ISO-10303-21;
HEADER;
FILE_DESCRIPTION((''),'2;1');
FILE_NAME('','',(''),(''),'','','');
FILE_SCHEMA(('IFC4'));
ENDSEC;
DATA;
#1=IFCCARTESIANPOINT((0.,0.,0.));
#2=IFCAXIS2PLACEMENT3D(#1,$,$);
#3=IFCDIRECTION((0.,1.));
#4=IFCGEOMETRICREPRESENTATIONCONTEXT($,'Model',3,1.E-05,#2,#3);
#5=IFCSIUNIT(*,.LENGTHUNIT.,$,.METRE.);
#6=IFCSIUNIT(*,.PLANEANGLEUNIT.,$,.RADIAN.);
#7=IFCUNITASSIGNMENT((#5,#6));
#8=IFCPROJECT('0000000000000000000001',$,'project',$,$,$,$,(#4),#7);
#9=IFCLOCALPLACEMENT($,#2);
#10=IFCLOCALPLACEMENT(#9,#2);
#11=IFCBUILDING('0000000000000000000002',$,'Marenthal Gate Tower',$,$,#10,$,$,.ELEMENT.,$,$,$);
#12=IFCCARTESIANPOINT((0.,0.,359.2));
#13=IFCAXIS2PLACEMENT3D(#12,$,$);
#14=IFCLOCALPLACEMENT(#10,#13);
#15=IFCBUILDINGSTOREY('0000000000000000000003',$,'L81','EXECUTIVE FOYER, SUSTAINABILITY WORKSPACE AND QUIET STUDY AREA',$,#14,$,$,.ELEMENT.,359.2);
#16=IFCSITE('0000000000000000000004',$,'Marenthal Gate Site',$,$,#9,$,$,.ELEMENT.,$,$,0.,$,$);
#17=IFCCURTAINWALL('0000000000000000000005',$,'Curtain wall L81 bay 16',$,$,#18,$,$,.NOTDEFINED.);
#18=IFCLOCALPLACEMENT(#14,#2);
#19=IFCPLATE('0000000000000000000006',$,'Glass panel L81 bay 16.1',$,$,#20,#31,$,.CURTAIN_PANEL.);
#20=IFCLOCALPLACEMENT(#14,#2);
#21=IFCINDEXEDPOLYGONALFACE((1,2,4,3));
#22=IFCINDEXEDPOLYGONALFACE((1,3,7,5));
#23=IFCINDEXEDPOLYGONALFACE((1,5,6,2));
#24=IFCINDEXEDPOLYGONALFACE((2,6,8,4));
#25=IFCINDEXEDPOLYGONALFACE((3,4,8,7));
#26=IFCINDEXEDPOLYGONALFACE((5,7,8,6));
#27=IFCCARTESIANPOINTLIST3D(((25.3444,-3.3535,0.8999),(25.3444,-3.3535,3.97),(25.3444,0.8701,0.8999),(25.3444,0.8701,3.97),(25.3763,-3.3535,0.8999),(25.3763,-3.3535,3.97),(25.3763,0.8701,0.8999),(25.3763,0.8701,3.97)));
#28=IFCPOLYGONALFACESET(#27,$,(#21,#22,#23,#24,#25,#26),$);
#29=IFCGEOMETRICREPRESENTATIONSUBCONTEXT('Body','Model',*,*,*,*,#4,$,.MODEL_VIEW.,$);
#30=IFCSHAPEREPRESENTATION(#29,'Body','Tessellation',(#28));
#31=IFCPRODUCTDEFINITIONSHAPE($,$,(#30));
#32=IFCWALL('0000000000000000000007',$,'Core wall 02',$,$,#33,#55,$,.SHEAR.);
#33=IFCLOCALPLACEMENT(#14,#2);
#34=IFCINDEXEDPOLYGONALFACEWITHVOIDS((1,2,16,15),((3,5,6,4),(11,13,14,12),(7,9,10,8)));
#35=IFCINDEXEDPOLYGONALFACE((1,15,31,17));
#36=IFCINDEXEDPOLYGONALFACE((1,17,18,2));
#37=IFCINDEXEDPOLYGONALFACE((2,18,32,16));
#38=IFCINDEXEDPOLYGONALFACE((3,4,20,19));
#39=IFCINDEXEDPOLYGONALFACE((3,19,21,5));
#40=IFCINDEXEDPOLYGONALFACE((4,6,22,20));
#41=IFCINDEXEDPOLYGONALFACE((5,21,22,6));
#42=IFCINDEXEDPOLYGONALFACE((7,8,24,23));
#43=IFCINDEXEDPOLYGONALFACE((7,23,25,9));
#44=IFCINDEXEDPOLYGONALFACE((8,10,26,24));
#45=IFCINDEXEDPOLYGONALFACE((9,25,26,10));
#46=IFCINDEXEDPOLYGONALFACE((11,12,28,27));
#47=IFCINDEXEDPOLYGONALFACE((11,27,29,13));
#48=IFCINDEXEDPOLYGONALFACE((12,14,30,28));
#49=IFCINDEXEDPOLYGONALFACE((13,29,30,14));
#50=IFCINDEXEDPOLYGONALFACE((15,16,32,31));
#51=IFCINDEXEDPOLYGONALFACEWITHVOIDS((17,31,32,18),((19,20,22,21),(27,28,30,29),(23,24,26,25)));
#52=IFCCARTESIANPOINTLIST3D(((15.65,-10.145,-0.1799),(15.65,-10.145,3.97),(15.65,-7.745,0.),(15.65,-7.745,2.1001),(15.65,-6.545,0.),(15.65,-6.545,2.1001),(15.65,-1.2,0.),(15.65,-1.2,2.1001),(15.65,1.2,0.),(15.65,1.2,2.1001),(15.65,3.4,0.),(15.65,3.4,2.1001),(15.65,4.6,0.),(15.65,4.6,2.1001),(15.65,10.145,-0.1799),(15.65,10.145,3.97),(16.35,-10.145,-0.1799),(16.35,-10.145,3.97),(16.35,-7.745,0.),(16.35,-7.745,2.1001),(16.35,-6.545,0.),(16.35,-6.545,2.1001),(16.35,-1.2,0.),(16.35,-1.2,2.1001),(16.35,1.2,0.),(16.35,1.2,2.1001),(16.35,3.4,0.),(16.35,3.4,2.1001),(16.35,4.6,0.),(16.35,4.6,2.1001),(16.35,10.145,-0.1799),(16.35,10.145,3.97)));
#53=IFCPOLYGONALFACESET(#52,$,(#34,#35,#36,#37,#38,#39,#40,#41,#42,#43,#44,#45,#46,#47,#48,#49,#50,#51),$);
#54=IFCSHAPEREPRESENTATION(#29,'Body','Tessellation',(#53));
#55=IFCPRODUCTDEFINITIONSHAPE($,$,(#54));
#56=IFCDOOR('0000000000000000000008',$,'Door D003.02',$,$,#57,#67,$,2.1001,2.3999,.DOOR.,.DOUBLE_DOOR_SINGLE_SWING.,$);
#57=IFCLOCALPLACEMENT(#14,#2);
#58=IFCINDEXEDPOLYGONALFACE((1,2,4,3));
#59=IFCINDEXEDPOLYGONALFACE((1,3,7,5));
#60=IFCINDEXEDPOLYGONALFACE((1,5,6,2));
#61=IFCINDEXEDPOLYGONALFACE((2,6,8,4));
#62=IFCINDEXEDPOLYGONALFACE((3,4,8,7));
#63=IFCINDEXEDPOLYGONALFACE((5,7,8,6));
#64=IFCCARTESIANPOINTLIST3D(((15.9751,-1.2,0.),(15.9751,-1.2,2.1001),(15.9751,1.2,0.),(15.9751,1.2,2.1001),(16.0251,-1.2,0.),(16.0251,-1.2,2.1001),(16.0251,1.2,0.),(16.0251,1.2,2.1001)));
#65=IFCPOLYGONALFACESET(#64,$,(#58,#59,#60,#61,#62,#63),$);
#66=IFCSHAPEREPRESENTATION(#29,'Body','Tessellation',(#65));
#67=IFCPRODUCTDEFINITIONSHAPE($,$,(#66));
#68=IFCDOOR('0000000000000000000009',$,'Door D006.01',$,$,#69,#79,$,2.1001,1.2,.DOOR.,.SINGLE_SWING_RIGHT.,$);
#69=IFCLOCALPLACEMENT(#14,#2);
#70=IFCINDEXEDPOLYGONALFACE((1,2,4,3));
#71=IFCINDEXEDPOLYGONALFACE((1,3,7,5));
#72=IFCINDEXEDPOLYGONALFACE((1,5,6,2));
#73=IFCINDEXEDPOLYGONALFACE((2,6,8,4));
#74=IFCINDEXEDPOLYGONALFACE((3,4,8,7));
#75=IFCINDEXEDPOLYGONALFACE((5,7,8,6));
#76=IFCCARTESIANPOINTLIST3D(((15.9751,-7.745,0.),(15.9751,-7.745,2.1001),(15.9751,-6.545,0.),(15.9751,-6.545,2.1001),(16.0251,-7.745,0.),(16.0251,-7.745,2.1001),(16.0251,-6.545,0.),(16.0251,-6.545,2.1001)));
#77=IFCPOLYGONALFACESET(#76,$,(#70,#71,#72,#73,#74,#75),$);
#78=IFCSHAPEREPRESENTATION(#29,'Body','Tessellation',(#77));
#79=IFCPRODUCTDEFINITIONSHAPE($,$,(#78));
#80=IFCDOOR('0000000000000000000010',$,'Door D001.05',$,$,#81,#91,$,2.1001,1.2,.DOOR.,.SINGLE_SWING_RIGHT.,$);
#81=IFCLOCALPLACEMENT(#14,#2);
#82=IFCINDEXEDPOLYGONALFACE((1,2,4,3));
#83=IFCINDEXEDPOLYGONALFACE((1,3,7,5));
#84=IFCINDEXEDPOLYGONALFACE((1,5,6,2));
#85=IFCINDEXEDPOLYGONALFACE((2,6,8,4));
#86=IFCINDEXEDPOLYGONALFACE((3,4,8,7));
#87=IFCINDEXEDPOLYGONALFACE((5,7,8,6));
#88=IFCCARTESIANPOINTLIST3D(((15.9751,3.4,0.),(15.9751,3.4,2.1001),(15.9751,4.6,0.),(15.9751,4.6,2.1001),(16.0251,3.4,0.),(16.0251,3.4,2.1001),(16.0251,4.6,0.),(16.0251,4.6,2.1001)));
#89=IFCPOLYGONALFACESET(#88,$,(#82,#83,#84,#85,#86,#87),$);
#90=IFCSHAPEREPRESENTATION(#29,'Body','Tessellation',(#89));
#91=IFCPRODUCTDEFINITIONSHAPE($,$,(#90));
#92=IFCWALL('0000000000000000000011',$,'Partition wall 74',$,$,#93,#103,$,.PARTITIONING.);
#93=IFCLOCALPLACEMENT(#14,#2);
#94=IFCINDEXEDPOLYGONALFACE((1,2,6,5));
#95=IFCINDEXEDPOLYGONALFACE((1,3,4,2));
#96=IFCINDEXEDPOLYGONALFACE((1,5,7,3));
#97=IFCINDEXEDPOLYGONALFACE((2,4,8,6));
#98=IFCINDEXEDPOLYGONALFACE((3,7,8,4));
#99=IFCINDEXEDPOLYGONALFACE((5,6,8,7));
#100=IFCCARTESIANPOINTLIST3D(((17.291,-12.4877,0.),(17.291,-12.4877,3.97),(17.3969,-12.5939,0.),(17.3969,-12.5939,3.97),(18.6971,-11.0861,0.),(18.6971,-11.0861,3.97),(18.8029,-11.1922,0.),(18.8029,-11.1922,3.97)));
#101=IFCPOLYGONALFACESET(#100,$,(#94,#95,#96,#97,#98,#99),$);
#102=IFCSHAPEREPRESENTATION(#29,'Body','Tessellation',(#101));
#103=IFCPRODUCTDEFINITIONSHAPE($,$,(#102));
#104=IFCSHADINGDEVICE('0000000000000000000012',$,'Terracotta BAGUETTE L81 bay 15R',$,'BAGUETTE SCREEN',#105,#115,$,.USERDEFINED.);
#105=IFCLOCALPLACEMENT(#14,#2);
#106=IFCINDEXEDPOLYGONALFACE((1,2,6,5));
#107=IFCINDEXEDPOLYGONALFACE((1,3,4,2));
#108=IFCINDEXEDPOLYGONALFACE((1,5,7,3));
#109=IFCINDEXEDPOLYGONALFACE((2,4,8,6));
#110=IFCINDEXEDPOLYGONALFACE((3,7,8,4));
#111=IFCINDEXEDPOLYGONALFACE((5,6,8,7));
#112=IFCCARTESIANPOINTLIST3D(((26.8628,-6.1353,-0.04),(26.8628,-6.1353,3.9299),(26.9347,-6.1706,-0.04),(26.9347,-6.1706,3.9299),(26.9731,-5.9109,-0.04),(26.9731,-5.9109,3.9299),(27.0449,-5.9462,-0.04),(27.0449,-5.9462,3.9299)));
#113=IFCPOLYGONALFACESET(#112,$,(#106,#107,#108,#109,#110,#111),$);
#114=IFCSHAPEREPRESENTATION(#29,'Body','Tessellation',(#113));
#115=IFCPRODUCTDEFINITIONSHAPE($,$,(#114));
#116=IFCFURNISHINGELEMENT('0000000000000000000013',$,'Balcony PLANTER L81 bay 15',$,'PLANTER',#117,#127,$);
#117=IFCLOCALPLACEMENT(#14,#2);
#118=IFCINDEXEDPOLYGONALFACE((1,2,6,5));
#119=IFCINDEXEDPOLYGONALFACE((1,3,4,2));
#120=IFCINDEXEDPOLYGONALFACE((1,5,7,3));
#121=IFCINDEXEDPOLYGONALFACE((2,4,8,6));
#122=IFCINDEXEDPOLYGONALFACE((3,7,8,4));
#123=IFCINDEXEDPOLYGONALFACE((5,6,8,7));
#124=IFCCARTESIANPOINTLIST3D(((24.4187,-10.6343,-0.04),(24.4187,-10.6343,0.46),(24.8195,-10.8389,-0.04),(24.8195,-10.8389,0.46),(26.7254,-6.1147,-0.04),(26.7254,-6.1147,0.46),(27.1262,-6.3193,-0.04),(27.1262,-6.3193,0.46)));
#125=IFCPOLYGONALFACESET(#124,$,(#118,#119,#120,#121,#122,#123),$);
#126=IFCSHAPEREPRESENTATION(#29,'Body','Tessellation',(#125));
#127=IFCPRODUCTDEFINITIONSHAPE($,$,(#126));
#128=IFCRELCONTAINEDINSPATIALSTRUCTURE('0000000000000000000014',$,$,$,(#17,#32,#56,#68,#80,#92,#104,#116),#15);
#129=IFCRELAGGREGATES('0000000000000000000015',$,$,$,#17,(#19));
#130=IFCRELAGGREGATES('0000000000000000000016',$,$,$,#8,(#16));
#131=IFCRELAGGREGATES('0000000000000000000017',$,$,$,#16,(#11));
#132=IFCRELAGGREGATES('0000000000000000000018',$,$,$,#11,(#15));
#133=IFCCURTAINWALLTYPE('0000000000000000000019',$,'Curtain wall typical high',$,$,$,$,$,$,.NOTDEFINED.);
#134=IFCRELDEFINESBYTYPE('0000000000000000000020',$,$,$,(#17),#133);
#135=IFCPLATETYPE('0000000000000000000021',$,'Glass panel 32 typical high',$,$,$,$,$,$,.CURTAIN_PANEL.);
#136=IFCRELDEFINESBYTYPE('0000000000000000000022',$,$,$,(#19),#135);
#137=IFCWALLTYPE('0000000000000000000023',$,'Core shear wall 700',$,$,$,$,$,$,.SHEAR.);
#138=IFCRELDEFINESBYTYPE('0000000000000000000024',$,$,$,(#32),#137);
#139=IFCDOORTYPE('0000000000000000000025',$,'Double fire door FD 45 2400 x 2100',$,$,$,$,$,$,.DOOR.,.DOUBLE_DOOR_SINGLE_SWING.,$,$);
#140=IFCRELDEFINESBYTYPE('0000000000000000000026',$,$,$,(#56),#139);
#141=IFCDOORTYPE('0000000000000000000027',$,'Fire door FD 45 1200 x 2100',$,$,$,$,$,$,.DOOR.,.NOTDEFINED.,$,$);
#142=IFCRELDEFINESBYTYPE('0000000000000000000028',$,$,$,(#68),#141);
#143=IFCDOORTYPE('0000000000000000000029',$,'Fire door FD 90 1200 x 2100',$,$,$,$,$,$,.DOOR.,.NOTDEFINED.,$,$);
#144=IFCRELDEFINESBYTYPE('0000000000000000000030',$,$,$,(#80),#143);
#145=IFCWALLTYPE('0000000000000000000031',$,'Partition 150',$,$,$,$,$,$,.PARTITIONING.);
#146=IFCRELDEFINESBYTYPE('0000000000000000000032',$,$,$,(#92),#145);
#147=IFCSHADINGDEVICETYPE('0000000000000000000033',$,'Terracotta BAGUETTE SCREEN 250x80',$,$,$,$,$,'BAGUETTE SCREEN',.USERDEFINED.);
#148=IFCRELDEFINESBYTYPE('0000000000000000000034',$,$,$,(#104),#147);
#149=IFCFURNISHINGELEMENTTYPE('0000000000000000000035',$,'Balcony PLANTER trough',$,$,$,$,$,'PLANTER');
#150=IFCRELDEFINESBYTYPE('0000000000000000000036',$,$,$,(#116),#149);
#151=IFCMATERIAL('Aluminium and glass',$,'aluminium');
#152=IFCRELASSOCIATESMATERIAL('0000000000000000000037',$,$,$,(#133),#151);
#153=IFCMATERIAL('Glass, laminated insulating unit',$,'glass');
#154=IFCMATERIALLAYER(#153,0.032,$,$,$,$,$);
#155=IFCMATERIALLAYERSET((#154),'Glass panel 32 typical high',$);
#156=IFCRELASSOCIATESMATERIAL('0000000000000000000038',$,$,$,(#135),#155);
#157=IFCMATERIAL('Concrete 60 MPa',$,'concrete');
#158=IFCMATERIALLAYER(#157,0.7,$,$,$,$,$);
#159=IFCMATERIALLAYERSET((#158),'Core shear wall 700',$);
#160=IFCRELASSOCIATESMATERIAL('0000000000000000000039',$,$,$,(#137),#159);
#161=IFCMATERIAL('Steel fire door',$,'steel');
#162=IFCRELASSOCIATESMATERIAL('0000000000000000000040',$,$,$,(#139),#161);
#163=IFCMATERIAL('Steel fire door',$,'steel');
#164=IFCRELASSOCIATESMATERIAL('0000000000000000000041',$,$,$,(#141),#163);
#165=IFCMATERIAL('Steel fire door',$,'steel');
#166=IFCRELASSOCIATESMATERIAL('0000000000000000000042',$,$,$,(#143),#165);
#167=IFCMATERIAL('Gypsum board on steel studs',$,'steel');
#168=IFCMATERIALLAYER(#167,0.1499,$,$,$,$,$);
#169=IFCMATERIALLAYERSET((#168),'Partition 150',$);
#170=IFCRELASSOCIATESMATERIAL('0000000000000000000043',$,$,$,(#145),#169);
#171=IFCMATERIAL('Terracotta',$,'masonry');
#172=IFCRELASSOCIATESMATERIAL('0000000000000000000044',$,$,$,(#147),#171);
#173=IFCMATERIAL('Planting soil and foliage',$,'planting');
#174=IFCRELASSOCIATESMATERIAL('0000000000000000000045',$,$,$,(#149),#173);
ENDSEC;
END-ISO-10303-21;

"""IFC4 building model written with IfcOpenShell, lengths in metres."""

from ifc_helpers import new_model, si_unit, direction, frame, frame_2d, origin, origin_2d, place, context, subcontext, project, spatial, rectangle, extrude, material, layer, layer_set, material_profile, profile_set, type_object, element, fill, aggregate, save


model = new_model("IFC4")

# Units and contexts
model_context = context("Model", 3, precision=1e-05, world=origin(), true_north=direction((0.0, 1.0)))
body_context = subcontext(model_context, "Body", "Model", "MODEL_VIEW")
ifc_project = project(units=[si_unit("LENGTHUNIT", "METRE"), si_unit("PLANEANGLEUNIT", "RADIAN")], contexts=[model_context])

# Site, building, storey
site_placement = place(None, origin())
site = spatial("IfcSite", under=ifc_project, at=site_placement, Name="Marenthal Gate Site", CompositionType="ELEMENT", RefElevation=0.0)
building_placement = place(site_placement, origin())
building = spatial("IfcBuilding", under=site, at=building_placement, Name="Marenthal Gate Tower", CompositionType="ELEMENT")
storey_placement = place(building_placement, frame((0.0, 0.0, 359.2)))
storey = spatial("IfcBuildingStorey", under=building, at=storey_placement, Name="L81", Description="EXECUTIVE FOYER, SUSTAINABILITY WORKSPACE AND QUIET STUDY AREA", CompositionType="ELEMENT", Elevation=359.2)

# Curtain wall
ifc_material_1 = material(Name="Aluminium and glass", Category="aluminium")
curtain_wall_type = type_object("IfcCurtainWallType", Name="Curtain wall typical high", PredefinedType="NOTDEFINED", material=ifc_material_1)
curtain_wall_placement = place(storey_placement, origin())
curtain_wall = element("IfcCurtainWall", 1, at=curtain_wall_placement, inside=storey, type_object=curtain_wall_type, Name="Curtain wall L81 bay 16", PredefinedType="NOTDEFINED")

# Plate
ifc_material_2 = material(Name="Glass, laminated insulating unit", Category="glass")
ifc_layer_1 = layer(ifc_material_2, 0.032)
ifc_layer_set_1 = layer_set([ifc_layer_1], Name="Glass panel 32 typical high")
plate_type = type_object("IfcPlateType", Name="Glass panel 32 typical high", PredefinedType="CURTAIN_PANEL", material=ifc_layer_set_1)
plate_placement = place(storey_placement, frame((25.3604, -1.2417, 0.8999), z_axis=(0.0, 0.0, 1.0), x_axis=(0.0, 1.0, 0.0)))
plate = element("IfcPlate", 2, at=plate_placement, type_object=plate_type, Name="Glass panel L81 bay 16.1", PredefinedType="CURTAIN_PANEL", context=body_context, shape_type="SweptSolid", body=[
    extrude(rectangle(XDim=4.2236, YDim=0.032, at=origin_2d()), origin(), (0.0, 0.0, 1.0), 3.0701),
])
aggregate(curtain_wall, [plate])

# Wall, openings, doors
ifc_material_3 = material(Name="Concrete 60 MPa", Category="concrete")
ifc_layer_2 = layer(ifc_material_3, 0.7)
ifc_layer_set_2 = layer_set([ifc_layer_2], Name="Core shear wall 700")
wall_type_1 = type_object("IfcWallType", Name="Core shear wall 700", PredefinedType="SHEAR", material=ifc_layer_set_2)
wall_1_placement = place(storey_placement, frame((16.0, -10.145, -0.1799), z_axis=(0.0, 0.0, 1.0), x_axis=(0.0, 1.0, 0.0)))
wall_1 = element("IfcWall", 3, at=wall_1_placement, inside=storey, type_object=wall_type_1, Name="Core wall 02", PredefinedType="SHEAR", context=body_context, shape_type="SweptSolid", body=[
    extrude(rectangle(XDim=20.29, YDim=0.7, at=frame_2d((10.145, 0.0))), origin(), (0.0, 0.0, 1.0), 4.1499),
])
opening_1_placement = place(wall_1_placement, frame((8.9451, 0.0, 0.1799)))
opening_1 = element("IfcOpeningElement", 4, at=opening_1_placement, cuts=wall_1, PredefinedType="OPENING", context=body_context, shape_type="SweptSolid", body=[
    extrude(rectangle(XDim=2.3999, YDim=2.1001, at=frame_2d((1.2, 1.05))), frame((0.0, 0.3599, 0.0), z_axis=(0.0, -1.0, 0.0), x_axis=(1.0, 0.0, 0.0)), (0.0, 0.0, 1.0), 0.72),
])
opening_2_placement = place(wall_1_placement, frame((13.5449, 0.0, 0.1799)))
opening_2 = element("IfcOpeningElement", 5, at=opening_2_placement, cuts=wall_1, PredefinedType="OPENING", context=body_context, shape_type="SweptSolid", body=[
    extrude(rectangle(XDim=1.2, YDim=2.1001, at=frame_2d((0.6001, 1.05))), frame((0.0, 0.3599, 0.0), z_axis=(0.0, -1.0, 0.0), x_axis=(1.0, 0.0, 0.0)), (0.0, 0.0, 1.0), 0.72),
])
opening_3_placement = place(wall_1_placement, frame((2.3999, 0.0, 0.1799)))
opening_3 = element("IfcOpeningElement", 6, at=opening_3_placement, cuts=wall_1, PredefinedType="OPENING", context=body_context, shape_type="SweptSolid", body=[
    extrude(rectangle(XDim=1.2, YDim=2.1001, at=frame_2d((0.6001, 1.05))), frame((0.0, 0.3599, 0.0), z_axis=(0.0, -1.0, 0.0), x_axis=(1.0, 0.0, 0.0)), (0.0, 0.0, 1.0), 0.72),
])
ifc_material_4 = material(Name="Steel fire door", Category="steel")
door_type_1 = type_object("IfcDoorType", Name="Double fire door FD 45 2400 x 2100", OperationType="DOUBLE_DOOR_SINGLE_SWING", PredefinedType="DOOR", material=ifc_material_4)
door_1_placement = place(opening_1_placement, origin())
door_1 = element("IfcDoor", 7, at=door_1_placement, inside=storey, type_object=door_type_1, Name="Door D003.02", OperationType="DOUBLE_DOOR_SINGLE_SWING", OverallHeight=2.1001, OverallWidth=2.3999, PredefinedType="DOOR", context=body_context, shape_type="SweptSolid", body=[
    extrude(rectangle(XDim=2.3999, YDim=2.1001, at=frame_2d((1.2, 1.05))), frame((0.0, 0.0249, 0.0), z_axis=(0.0, -1.0, 0.0), x_axis=(1.0, 0.0, 0.0)), (0.0, 0.0, 1.0), 0.05),
])
fill(opening_1, door_1)
ifc_material_5 = material(Name="Steel fire door", Category="steel")
door_type_2 = type_object("IfcDoorType", Name="Fire door FD 45 1200 x 2100", OperationType="NOTDEFINED", PredefinedType="DOOR", material=ifc_material_5)
door_2_placement = place(opening_3_placement, origin())
door_2 = element("IfcDoor", 8, at=door_2_placement, inside=storey, type_object=door_type_2, Name="Door D006.01", OperationType="SINGLE_SWING_RIGHT", OverallHeight=2.1001, OverallWidth=1.2, PredefinedType="DOOR", context=body_context, shape_type="SweptSolid", body=[
    extrude(rectangle(XDim=1.2, YDim=2.1001, at=frame_2d((0.6001, 1.05))), frame((0.0, 0.0249, 0.0), z_axis=(0.0, -1.0, 0.0), x_axis=(1.0, 0.0, 0.0)), (0.0, 0.0, 1.0), 0.05),
])
fill(opening_3, door_2)
ifc_material_6 = material(Name="Steel fire door", Category="steel")
door_type_3 = type_object("IfcDoorType", Name="Fire door FD 90 1200 x 2100", OperationType="NOTDEFINED", PredefinedType="DOOR", material=ifc_material_6)
door_3_placement = place(opening_2_placement, origin())
door_3 = element("IfcDoor", 9, at=door_3_placement, inside=storey, type_object=door_type_3, Name="Door D001.05", OperationType="SINGLE_SWING_RIGHT", OverallHeight=2.1001, OverallWidth=1.2, PredefinedType="DOOR", context=body_context, shape_type="SweptSolid", body=[
    extrude(rectangle(XDim=1.2, YDim=2.1001, at=frame_2d((0.6001, 1.05))), frame((0.0, 0.0249, 0.0), z_axis=(0.0, -1.0, 0.0), x_axis=(1.0, 0.0, 0.0)), (0.0, 0.0, 1.0), 0.05),
])
fill(opening_2, door_3)

# Wall
ifc_material_7 = material(Name="Gypsum board on steel studs", Category="steel")
ifc_layer_3 = layer(ifc_material_7, 0.1499)
ifc_layer_set_3 = layer_set([ifc_layer_3], Name="Partition 150")
wall_type_2 = type_object("IfcWallType", Name="Partition 150", PredefinedType="PARTITIONING", material=ifc_layer_set_3)
wall_2_placement = place(storey_placement, frame((18.75, -11.1392, 0.0), z_axis=(0.0, 0.0, 1.0), x_axis=(-0.708213, -0.705999, 0.0)))
element("IfcWall", 10, at=wall_2_placement, inside=storey, type_object=wall_type_2, Name="Partition wall 74", PredefinedType="PARTITIONING", context=body_context, shape_type="SweptSolid", body=[
    extrude(rectangle(XDim=1.9854, YDim=0.1499, at=frame_2d((0.9927, 0.0))), origin(), (0.0, 0.0, 1.0), 3.97),
])

# Shading device
ifc_material_8 = material(Name="Terracotta", Category="masonry")
ifc_material_profile_1 = material_profile(ifc_material_8, rectangle(XDim=0.25, YDim=0.0801, at=origin_2d()), Name="Terracotta baguette 250x80")
ifc_profile_set_1 = profile_set([ifc_material_profile_1], Name="Terracotta")
shading_device_type = type_object("IfcShadingDeviceType", Name="Terracotta BAGUETTE SCREEN 250x80", ElementType="BAGUETTE SCREEN", PredefinedType="USERDEFINED", material=ifc_profile_set_1)
shading_device_placement = place(storey_placement, frame((26.9539, -6.0408, -0.04), z_axis=(0.0, 0.0, 1.0), x_axis=(0.441063, 0.897476, 0.0)))
element("IfcShadingDevice", 11, at=shading_device_placement, inside=storey, type_object=shading_device_type, Name="Terracotta BAGUETTE L81 bay 15R", ObjectType="BAGUETTE SCREEN", PredefinedType="USERDEFINED", context=body_context, shape_type="SweptSolid", body=[
    extrude(rectangle(XDim=0.25, YDim=0.0801, at=origin_2d()), origin(), (0.0, 0.0, 1.0), 3.97),
])

# Furnishing element
ifc_material_9 = material(Name="Planting soil and foliage", Category="planting")
furnishing_element_type = type_object("IfcFurnishingElementType", Name="Balcony PLANTER trough", ElementType="PLANTER", material=ifc_material_9)
furnishing_placement = place(storey_placement, frame((25.7725, -8.4768, -0.04), z_axis=(0.0, 0.0, 1.0), x_axis=(0.454596, 0.890698, 0.0)))
element("IfcFurnishingElement", 12, at=furnishing_placement, inside=storey, type_object=furnishing_element_type, Name="Balcony PLANTER L81 bay 15", ObjectType="PLANTER", context=body_context, shape_type="SweptSolid", body=[
    extrude(rectangle(XDim=5.0742, YDim=0.45, at=origin_2d()), origin(), (0.0, 0.0, 1.0), 0.5),
])

save(model, "model.ifc")
